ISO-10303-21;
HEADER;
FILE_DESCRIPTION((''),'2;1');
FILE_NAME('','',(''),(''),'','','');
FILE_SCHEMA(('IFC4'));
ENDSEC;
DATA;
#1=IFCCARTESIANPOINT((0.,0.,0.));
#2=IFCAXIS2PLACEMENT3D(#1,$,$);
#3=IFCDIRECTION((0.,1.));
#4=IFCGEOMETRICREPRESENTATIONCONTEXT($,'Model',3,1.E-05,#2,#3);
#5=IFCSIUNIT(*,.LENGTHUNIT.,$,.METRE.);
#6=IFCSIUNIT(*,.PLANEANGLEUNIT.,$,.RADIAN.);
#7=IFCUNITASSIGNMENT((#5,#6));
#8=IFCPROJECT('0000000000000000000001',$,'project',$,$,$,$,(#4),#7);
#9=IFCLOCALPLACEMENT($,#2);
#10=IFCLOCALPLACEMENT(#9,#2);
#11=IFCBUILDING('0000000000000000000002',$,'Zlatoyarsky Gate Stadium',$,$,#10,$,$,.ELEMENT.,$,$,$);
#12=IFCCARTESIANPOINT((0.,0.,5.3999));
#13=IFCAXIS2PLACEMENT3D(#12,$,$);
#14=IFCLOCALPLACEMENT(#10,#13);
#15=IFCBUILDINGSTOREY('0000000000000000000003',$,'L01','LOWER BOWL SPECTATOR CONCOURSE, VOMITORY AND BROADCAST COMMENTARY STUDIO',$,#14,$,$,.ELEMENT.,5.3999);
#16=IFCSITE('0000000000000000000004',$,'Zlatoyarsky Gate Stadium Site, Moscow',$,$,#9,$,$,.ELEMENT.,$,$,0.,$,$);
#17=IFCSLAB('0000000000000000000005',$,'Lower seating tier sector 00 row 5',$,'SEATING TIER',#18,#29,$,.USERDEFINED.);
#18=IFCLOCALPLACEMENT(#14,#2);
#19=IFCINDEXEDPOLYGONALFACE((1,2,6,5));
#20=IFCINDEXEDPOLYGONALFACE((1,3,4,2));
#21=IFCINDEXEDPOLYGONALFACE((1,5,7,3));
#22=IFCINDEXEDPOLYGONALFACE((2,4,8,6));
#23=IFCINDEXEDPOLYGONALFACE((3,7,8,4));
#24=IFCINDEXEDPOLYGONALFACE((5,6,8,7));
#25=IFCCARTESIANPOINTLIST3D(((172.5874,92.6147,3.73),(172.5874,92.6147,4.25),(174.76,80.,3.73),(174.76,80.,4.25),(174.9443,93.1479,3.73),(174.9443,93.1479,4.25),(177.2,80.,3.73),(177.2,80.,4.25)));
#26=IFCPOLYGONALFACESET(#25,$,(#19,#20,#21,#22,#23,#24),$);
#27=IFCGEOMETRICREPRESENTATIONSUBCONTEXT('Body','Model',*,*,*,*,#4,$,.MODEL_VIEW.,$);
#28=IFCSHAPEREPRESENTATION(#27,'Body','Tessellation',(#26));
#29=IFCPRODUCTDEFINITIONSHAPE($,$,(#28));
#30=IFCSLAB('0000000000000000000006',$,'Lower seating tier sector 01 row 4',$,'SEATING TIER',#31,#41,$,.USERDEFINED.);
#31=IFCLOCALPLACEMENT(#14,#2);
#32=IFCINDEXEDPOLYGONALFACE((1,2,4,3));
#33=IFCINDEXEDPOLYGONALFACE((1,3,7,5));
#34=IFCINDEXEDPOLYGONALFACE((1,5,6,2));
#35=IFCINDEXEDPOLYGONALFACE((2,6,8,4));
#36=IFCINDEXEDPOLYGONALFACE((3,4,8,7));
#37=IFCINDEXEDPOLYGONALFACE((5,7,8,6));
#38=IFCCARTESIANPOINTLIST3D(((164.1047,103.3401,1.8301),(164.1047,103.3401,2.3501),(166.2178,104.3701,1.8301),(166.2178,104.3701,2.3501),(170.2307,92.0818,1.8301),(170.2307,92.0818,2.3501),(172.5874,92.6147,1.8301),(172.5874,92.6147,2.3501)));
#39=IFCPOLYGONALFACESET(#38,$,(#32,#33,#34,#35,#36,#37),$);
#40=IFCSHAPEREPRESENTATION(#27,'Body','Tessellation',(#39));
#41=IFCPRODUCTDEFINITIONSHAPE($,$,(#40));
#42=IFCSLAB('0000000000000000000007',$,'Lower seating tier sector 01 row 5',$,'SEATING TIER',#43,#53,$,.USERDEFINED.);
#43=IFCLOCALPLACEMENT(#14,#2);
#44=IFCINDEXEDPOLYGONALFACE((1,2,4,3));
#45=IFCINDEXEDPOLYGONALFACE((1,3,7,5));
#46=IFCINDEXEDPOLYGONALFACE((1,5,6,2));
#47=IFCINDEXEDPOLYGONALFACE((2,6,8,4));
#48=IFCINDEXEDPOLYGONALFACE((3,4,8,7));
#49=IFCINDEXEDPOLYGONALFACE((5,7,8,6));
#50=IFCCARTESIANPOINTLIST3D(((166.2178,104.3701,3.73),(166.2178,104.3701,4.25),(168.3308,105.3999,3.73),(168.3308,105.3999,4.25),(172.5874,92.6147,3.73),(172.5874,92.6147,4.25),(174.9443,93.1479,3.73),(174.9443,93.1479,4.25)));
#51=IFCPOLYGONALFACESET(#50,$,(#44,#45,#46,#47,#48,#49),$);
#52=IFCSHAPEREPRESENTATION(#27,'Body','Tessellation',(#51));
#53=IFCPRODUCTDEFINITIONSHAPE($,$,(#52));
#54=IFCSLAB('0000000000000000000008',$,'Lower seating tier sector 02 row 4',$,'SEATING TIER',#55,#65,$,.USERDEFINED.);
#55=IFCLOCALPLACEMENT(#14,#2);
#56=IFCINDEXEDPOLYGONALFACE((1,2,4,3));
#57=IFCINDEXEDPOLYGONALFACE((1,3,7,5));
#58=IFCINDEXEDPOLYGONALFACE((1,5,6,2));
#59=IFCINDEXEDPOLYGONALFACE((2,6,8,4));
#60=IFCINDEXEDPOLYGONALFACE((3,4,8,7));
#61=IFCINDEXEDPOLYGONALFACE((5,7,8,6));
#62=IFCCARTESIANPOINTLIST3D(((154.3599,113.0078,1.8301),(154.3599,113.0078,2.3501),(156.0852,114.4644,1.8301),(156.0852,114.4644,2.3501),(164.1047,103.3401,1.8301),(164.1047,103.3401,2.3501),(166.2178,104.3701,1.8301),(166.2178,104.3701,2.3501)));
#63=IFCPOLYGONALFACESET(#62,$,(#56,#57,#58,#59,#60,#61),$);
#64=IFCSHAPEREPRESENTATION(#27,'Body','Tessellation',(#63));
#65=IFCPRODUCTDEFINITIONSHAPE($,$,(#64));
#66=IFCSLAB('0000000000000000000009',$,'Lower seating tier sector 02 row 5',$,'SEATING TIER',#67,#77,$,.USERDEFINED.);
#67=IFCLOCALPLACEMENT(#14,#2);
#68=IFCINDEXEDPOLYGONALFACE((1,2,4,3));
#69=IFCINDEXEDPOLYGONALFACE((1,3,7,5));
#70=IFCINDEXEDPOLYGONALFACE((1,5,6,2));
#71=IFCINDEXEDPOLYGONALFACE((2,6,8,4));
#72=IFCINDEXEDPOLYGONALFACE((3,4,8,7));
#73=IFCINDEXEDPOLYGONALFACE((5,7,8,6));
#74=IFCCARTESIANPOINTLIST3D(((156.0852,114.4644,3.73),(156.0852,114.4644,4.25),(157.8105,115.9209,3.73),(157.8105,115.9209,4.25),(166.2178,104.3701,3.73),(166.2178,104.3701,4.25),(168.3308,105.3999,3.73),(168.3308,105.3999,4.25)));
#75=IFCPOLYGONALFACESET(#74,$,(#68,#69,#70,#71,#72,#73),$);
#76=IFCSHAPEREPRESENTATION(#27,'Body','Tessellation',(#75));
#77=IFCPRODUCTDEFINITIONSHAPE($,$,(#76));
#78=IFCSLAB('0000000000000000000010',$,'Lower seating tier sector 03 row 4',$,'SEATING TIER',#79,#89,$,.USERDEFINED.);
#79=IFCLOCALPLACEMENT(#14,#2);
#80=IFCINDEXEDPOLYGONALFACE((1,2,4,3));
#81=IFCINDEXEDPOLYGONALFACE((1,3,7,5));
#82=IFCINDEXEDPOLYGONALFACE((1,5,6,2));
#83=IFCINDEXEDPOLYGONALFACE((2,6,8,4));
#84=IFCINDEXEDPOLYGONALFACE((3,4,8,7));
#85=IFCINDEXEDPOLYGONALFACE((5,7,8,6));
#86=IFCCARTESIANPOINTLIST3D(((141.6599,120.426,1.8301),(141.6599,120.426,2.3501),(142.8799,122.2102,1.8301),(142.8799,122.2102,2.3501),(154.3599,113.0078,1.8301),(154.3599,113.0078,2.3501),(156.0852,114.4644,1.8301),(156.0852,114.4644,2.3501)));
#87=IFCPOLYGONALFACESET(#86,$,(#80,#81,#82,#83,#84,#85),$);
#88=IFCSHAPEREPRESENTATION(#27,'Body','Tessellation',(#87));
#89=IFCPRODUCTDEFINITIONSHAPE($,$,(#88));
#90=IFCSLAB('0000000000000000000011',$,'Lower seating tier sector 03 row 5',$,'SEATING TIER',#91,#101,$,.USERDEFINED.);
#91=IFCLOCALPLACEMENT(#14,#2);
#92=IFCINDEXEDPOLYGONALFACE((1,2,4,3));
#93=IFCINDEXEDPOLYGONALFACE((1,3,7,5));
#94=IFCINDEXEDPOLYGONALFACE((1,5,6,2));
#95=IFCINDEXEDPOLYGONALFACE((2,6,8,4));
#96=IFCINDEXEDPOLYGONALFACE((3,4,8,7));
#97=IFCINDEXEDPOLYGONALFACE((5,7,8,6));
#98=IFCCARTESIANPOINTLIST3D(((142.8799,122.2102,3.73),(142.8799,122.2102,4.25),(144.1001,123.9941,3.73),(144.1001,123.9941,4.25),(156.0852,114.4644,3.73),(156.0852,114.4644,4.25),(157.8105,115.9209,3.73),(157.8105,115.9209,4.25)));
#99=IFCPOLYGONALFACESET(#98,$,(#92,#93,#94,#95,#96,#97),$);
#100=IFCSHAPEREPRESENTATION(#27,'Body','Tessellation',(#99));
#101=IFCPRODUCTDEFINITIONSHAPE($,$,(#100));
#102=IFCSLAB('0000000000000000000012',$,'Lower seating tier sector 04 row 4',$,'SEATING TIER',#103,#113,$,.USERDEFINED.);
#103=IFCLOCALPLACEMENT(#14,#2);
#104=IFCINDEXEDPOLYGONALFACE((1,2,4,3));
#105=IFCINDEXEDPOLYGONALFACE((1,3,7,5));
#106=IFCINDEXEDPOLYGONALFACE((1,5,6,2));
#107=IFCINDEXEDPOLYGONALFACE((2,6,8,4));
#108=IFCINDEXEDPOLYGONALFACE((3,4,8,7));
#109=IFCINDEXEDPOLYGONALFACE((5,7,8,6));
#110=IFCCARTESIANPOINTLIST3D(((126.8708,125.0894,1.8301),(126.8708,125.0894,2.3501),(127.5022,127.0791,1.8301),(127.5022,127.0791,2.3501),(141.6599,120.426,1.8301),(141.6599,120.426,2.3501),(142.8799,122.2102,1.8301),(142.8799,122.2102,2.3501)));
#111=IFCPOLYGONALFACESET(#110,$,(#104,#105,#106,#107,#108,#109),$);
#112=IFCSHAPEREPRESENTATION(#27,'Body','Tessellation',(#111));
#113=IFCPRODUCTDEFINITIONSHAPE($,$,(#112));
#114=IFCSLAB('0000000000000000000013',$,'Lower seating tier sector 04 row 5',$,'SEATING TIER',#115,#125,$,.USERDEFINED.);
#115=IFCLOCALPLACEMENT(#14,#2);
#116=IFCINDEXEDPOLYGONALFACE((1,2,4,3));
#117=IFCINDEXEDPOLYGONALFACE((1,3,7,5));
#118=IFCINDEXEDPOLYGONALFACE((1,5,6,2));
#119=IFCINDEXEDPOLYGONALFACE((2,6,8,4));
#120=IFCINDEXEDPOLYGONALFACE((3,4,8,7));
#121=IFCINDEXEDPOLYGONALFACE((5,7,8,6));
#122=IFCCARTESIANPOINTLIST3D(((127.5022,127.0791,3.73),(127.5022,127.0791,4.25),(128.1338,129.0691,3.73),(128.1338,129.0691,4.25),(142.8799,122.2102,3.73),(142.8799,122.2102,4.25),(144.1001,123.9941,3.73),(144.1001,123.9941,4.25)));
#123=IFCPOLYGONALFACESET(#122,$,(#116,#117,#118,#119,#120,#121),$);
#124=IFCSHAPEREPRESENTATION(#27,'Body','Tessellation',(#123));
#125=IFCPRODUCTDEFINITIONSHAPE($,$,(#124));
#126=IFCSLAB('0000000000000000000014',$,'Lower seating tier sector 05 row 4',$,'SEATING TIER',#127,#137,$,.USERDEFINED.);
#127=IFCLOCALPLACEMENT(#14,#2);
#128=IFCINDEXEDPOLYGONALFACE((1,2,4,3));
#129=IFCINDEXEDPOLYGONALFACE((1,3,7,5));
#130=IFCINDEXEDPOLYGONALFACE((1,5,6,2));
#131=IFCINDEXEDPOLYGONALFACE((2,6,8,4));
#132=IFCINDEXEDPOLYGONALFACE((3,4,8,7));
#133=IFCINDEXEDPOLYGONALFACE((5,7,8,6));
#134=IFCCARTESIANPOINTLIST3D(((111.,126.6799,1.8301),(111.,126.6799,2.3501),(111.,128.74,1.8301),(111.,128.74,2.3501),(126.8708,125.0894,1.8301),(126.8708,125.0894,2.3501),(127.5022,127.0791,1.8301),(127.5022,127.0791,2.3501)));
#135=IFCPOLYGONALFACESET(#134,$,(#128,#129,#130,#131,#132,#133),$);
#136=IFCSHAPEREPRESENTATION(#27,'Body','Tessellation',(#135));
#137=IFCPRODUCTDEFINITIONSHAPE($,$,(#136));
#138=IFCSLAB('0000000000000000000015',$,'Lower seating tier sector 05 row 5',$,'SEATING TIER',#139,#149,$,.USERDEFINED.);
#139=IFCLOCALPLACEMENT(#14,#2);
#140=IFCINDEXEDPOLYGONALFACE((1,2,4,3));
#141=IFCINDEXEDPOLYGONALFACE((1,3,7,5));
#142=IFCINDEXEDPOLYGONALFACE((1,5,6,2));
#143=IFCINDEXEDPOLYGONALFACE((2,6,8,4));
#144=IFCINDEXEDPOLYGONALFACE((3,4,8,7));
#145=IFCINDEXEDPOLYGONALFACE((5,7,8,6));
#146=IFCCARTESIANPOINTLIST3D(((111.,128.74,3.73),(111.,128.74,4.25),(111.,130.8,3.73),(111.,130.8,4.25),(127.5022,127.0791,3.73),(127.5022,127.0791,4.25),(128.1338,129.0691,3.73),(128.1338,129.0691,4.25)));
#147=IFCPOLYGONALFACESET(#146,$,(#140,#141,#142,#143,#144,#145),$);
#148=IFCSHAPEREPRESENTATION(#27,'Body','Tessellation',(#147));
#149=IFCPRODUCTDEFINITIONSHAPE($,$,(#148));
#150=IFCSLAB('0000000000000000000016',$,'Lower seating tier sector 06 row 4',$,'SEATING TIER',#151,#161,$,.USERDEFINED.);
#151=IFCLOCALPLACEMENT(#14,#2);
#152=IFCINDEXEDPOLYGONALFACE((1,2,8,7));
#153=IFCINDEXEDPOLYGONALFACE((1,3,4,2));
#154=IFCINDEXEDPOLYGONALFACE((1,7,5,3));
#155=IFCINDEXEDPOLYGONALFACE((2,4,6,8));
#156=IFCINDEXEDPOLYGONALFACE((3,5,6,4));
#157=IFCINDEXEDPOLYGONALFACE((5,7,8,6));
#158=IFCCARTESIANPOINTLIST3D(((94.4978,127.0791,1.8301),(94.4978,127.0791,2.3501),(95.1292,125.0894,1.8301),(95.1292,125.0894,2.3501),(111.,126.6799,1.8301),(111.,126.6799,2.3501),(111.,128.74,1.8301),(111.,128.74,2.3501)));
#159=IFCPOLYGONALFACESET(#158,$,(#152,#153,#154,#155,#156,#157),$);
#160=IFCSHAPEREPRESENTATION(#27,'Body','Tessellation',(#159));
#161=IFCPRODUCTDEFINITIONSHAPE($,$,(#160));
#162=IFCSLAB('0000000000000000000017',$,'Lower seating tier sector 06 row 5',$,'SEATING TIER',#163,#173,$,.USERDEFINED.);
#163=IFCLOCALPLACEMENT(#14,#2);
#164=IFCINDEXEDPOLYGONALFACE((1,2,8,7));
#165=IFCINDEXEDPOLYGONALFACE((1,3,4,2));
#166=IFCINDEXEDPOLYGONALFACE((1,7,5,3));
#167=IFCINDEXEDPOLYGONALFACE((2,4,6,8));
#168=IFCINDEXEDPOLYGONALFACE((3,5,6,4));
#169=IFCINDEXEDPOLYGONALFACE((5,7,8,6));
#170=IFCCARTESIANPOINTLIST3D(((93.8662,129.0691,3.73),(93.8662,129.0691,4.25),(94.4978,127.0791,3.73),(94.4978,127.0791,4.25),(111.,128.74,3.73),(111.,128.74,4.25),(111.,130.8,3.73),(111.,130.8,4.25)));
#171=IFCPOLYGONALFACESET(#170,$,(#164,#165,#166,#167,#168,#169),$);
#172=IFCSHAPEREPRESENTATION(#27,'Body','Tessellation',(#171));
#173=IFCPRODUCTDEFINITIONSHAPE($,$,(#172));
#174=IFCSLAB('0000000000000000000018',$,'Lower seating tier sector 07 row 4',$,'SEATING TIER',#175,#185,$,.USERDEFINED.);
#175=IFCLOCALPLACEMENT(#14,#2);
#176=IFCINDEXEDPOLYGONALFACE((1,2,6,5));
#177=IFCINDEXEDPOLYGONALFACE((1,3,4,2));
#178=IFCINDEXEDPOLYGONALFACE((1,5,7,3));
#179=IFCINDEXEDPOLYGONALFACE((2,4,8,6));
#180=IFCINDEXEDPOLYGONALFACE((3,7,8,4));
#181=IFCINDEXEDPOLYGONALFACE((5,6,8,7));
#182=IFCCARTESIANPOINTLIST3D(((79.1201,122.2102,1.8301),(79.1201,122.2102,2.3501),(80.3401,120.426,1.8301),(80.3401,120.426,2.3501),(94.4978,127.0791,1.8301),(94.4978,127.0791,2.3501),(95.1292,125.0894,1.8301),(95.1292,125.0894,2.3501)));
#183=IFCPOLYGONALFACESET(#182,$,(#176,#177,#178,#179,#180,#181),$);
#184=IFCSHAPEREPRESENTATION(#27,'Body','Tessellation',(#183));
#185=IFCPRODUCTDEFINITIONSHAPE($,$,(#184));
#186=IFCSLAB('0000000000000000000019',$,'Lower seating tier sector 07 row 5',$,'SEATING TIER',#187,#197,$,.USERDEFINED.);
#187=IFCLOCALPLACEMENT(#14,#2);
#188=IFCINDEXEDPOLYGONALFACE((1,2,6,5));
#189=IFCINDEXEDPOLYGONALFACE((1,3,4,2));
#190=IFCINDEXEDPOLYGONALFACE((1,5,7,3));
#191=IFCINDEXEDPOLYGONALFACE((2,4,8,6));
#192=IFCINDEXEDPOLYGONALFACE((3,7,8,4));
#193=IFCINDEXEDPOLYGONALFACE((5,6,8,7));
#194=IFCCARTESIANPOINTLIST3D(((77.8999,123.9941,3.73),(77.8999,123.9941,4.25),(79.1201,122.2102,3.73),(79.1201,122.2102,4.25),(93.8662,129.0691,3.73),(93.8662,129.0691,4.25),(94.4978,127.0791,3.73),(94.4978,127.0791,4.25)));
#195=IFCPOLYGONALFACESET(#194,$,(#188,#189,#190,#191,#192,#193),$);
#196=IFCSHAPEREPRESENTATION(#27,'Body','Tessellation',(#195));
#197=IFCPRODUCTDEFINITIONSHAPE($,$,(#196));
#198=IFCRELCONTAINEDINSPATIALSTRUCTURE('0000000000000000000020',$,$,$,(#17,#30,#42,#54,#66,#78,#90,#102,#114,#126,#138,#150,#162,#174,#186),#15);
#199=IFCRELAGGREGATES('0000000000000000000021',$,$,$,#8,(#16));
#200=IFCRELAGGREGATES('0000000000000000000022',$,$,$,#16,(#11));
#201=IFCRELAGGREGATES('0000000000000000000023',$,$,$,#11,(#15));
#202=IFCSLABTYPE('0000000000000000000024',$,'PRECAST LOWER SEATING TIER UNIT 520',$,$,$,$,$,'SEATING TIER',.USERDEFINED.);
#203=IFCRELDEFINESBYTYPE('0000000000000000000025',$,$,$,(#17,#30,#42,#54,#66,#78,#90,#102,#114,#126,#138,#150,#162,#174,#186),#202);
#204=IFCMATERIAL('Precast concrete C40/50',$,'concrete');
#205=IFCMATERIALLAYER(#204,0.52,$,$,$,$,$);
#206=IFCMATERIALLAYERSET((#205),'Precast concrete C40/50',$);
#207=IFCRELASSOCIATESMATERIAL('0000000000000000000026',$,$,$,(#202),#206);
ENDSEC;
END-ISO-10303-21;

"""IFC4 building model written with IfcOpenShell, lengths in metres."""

from ifc_helpers import new_model, si_unit, direction, frame, origin, place, context, subcontext, project, spatial, polyline, outline, extrude, material, layer, layer_set, type_object, element, save


model = new_model("IFC4")

# Units and contexts
model_context = context("Model", 3, precision=1e-05, world=origin(), true_north=direction((0.0, 1.0)))
body_context = subcontext(model_context, "Body", "Model", "MODEL_VIEW")
ifc_project = project(units=[si_unit("LENGTHUNIT", "METRE"), si_unit("PLANEANGLEUNIT", "RADIAN")], contexts=[model_context])

# Site, building, storey
site_placement = place(None, origin())
site = spatial("IfcSite", under=ifc_project, at=site_placement, Name="Zlatoyarsky Gate Stadium Site, Moscow", CompositionType="ELEMENT", RefElevation=0.0)
building_placement = place(site_placement, origin())
building = spatial("IfcBuilding", under=site, at=building_placement, Name="Zlatoyarsky Gate Stadium", CompositionType="ELEMENT")
storey_placement = place(building_placement, frame((0.0, 0.0, 5.3999)))
storey = spatial("IfcBuildingStorey", under=building, at=storey_placement, Name="L01", Description="LOWER BOWL SPECTATOR CONCOURSE, VOMITORY AND BROADCAST COMMENTARY STUDIO", CompositionType="ELEMENT", Elevation=5.3999)

# Slabs
ifc_material = material(Name="Precast concrete C40/50", Category="concrete")
ifc_layer = layer(ifc_material, 0.52)
ifc_layer_set = layer_set([ifc_layer], Name="Precast concrete C40/50")
slab_type = type_object("IfcSlabType", Name="PRECAST LOWER SEATING TIER UNIT 520", ElementType="SEATING TIER", PredefinedType="USERDEFINED", material=ifc_layer_set)
slab_1_placement = place(storey_placement, frame((0.0, 0.0, 3.73)))
element("IfcSlab", 1, at=slab_1_placement, inside=storey, type_object=slab_type, Name="Lower seating tier sector 00 row 5", ObjectType="SEATING TIER", PredefinedType="USERDEFINED", context=body_context, shape_type="SweptSolid", body=[
    extrude(outline(polyline([(174.76, 80.0), (177.2, 80.0), (174.9443, 93.1479), (172.5874, 92.6147), (174.76, 80.0)])), origin(), (0.0, 0.0, 1.0), 0.52),
])
slab_2_placement = place(storey_placement, frame((0.0, 0.0, 1.8301)))
element("IfcSlab", 2, at=slab_2_placement, inside=storey, type_object=slab_type, Name="Lower seating tier sector 01 row 4", ObjectType="SEATING TIER", PredefinedType="USERDEFINED", context=body_context, shape_type="SweptSolid", body=[
    extrude(outline(polyline([(170.2307, 92.0818), (172.5874, 92.6147), (166.2178, 104.3701), (164.1047, 103.3401), (170.2307, 92.0818)])), origin(), (0.0, 0.0, 1.0), 0.52),
])
slab_3_placement = place(storey_placement, frame((0.0, 0.0, 3.73)))
element("IfcSlab", 3, at=slab_3_placement, inside=storey, type_object=slab_type, Name="Lower seating tier sector 01 row 5", ObjectType="SEATING TIER", PredefinedType="USERDEFINED", context=body_context, shape_type="SweptSolid", body=[
    extrude(outline(polyline([(172.5874, 92.6147), (174.9443, 93.1479), (168.3308, 105.3999), (166.2178, 104.3701), (172.5874, 92.6147)])), origin(), (0.0, 0.0, 1.0), 0.52),
])
slab_4_placement = place(storey_placement, frame((0.0, 0.0, 1.8301)))
element("IfcSlab", 4, at=slab_4_placement, inside=storey, type_object=slab_type, Name="Lower seating tier sector 02 row 4", ObjectType="SEATING TIER", PredefinedType="USERDEFINED", context=body_context, shape_type="SweptSolid", body=[
    extrude(outline(polyline([(164.1047, 103.3401), (166.2178, 104.3701), (156.0852, 114.4644), (154.3599, 113.0078), (164.1047, 103.3401)])), origin(), (0.0, 0.0, 1.0), 0.52),
])
slab_5_placement = place(storey_placement, frame((0.0, 0.0, 3.73)))
element("IfcSlab", 5, at=slab_5_placement, inside=storey, type_object=slab_type, Name="Lower seating tier sector 02 row 5", ObjectType="SEATING TIER", PredefinedType="USERDEFINED", context=body_context, shape_type="SweptSolid", body=[
    extrude(outline(polyline([(166.2178, 104.3701), (168.3308, 105.3999), (157.8105, 115.9209), (156.0852, 114.4644), (166.2178, 104.3701)])), origin(), (0.0, 0.0, 1.0), 0.52),
])
slab_6_placement = place(storey_placement, frame((0.0, 0.0, 1.8301)))
element("IfcSlab", 6, at=slab_6_placement, inside=storey, type_object=slab_type, Name="Lower seating tier sector 03 row 4", ObjectType="SEATING TIER", PredefinedType="USERDEFINED", context=body_context, shape_type="SweptSolid", body=[
    extrude(outline(polyline([(154.3599, 113.0078), (156.0852, 114.4644), (142.8799, 122.2102), (141.6599, 120.426), (154.3599, 113.0078)])), origin(), (0.0, 0.0, 1.0), 0.52),
])
slab_7_placement = place(storey_placement, frame((0.0, 0.0, 3.73)))
element("IfcSlab", 7, at=slab_7_placement, inside=storey, type_object=slab_type, Name="Lower seating tier sector 03 row 5", ObjectType="SEATING TIER", PredefinedType="USERDEFINED", context=body_context, shape_type="SweptSolid", body=[
    extrude(outline(polyline([(156.0852, 114.4644), (157.8105, 115.9209), (144.1001, 123.9941), (142.8799, 122.2102), (156.0852, 114.4644)])), origin(), (0.0, 0.0, 1.0), 0.52),
])
slab_8_placement = place(storey_placement, frame((0.0, 0.0, 1.8301)))
element("IfcSlab", 8, at=slab_8_placement, inside=storey, type_object=slab_type, Name="Lower seating tier sector 04 row 4", ObjectType="SEATING TIER", PredefinedType="USERDEFINED", context=body_context, shape_type="SweptSolid", body=[
    extrude(outline(polyline([(141.6599, 120.426), (142.8799, 122.2102), (127.5022, 127.0791), (126.8708, 125.0894), (141.6599, 120.426)])), origin(), (0.0, 0.0, 1.0), 0.52),
])
slab_9_placement = place(storey_placement, frame((0.0, 0.0, 3.73)))
element("IfcSlab", 9, at=slab_9_placement, inside=storey, type_object=slab_type, Name="Lower seating tier sector 04 row 5", ObjectType="SEATING TIER", PredefinedType="USERDEFINED", context=body_context, shape_type="SweptSolid", body=[
    extrude(outline(polyline([(142.8799, 122.2102), (144.1001, 123.9941), (128.1338, 129.0691), (127.5022, 127.0791), (142.8799, 122.2102)])), origin(), (0.0, 0.0, 1.0), 0.52),
])
slab_10_placement = place(storey_placement, frame((0.0, 0.0, 1.8301)))
element("IfcSlab", 10, at=slab_10_placement, inside=storey, type_object=slab_type, Name="Lower seating tier sector 05 row 4", ObjectType="SEATING TIER", PredefinedType="USERDEFINED", context=body_context, shape_type="SweptSolid", body=[
    extrude(outline(polyline([(126.8708, 125.0894), (127.5022, 127.0791), (111.0, 128.74), (111.0, 126.6799), (126.8708, 125.0894)])), origin(), (0.0, 0.0, 1.0), 0.52),
])
slab_11_placement = place(storey_placement, frame((0.0, 0.0, 3.73)))
element("IfcSlab", 11, at=slab_11_placement, inside=storey, type_object=slab_type, Name="Lower seating tier sector 05 row 5", ObjectType="SEATING TIER", PredefinedType="USERDEFINED", context=body_context, shape_type="SweptSolid", body=[
    extrude(outline(polyline([(127.5022, 127.0791), (128.1338, 129.0691), (111.0, 130.8), (111.0, 128.74), (127.5022, 127.0791)])), origin(), (0.0, 0.0, 1.0), 0.52),
])
slab_12_placement = place(storey_placement, frame((0.0, 0.0, 1.8301)))
element("IfcSlab", 12, at=slab_12_placement, inside=storey, type_object=slab_type, Name="Lower seating tier sector 06 row 4", ObjectType="SEATING TIER", PredefinedType="USERDEFINED", context=body_context, shape_type="SweptSolid", body=[
    extrude(outline(polyline([(111.0, 126.6799), (111.0, 128.74), (94.4978, 127.0791), (95.1292, 125.0894), (111.0, 126.6799)])), origin(), (0.0, 0.0, 1.0), 0.52),
])
slab_13_placement = place(storey_placement, frame((0.0, 0.0, 3.73)))
element("IfcSlab", 13, at=slab_13_placement, inside=storey, type_object=slab_type, Name="Lower seating tier sector 06 row 5", ObjectType="SEATING TIER", PredefinedType="USERDEFINED", context=body_context, shape_type="SweptSolid", body=[
    extrude(outline(polyline([(111.0, 128.74), (111.0, 130.8), (93.8662, 129.0691), (94.4978, 127.0791), (111.0, 128.74)])), origin(), (0.0, 0.0, 1.0), 0.52),
])
slab_14_placement = place(storey_placement, frame((0.0, 0.0, 1.8301)))
element("IfcSlab", 14, at=slab_14_placement, inside=storey, type_object=slab_type, Name="Lower seating tier sector 07 row 4", ObjectType="SEATING TIER", PredefinedType="USERDEFINED", context=body_context, shape_type="SweptSolid", body=[
    extrude(outline(polyline([(95.1292, 125.0894), (94.4978, 127.0791), (79.1201, 122.2102), (80.3401, 120.426), (95.1292, 125.0894)])), origin(), (0.0, 0.0, 1.0), 0.52),
])
slab_15_placement = place(storey_placement, frame((0.0, 0.0, 3.73)))
element("IfcSlab", 15, at=slab_15_placement, inside=storey, type_object=slab_type, Name="Lower seating tier sector 07 row 5", ObjectType="SEATING TIER", PredefinedType="USERDEFINED", context=body_context, shape_type="SweptSolid", body=[
    extrude(outline(polyline([(94.4978, 127.0791), (93.8662, 129.0691), (77.8999, 123.9941), (79.1201, 122.2102), (94.4978, 127.0791)])), origin(), (0.0, 0.0, 1.0), 0.52),
])

save(model, "model.ifc")
